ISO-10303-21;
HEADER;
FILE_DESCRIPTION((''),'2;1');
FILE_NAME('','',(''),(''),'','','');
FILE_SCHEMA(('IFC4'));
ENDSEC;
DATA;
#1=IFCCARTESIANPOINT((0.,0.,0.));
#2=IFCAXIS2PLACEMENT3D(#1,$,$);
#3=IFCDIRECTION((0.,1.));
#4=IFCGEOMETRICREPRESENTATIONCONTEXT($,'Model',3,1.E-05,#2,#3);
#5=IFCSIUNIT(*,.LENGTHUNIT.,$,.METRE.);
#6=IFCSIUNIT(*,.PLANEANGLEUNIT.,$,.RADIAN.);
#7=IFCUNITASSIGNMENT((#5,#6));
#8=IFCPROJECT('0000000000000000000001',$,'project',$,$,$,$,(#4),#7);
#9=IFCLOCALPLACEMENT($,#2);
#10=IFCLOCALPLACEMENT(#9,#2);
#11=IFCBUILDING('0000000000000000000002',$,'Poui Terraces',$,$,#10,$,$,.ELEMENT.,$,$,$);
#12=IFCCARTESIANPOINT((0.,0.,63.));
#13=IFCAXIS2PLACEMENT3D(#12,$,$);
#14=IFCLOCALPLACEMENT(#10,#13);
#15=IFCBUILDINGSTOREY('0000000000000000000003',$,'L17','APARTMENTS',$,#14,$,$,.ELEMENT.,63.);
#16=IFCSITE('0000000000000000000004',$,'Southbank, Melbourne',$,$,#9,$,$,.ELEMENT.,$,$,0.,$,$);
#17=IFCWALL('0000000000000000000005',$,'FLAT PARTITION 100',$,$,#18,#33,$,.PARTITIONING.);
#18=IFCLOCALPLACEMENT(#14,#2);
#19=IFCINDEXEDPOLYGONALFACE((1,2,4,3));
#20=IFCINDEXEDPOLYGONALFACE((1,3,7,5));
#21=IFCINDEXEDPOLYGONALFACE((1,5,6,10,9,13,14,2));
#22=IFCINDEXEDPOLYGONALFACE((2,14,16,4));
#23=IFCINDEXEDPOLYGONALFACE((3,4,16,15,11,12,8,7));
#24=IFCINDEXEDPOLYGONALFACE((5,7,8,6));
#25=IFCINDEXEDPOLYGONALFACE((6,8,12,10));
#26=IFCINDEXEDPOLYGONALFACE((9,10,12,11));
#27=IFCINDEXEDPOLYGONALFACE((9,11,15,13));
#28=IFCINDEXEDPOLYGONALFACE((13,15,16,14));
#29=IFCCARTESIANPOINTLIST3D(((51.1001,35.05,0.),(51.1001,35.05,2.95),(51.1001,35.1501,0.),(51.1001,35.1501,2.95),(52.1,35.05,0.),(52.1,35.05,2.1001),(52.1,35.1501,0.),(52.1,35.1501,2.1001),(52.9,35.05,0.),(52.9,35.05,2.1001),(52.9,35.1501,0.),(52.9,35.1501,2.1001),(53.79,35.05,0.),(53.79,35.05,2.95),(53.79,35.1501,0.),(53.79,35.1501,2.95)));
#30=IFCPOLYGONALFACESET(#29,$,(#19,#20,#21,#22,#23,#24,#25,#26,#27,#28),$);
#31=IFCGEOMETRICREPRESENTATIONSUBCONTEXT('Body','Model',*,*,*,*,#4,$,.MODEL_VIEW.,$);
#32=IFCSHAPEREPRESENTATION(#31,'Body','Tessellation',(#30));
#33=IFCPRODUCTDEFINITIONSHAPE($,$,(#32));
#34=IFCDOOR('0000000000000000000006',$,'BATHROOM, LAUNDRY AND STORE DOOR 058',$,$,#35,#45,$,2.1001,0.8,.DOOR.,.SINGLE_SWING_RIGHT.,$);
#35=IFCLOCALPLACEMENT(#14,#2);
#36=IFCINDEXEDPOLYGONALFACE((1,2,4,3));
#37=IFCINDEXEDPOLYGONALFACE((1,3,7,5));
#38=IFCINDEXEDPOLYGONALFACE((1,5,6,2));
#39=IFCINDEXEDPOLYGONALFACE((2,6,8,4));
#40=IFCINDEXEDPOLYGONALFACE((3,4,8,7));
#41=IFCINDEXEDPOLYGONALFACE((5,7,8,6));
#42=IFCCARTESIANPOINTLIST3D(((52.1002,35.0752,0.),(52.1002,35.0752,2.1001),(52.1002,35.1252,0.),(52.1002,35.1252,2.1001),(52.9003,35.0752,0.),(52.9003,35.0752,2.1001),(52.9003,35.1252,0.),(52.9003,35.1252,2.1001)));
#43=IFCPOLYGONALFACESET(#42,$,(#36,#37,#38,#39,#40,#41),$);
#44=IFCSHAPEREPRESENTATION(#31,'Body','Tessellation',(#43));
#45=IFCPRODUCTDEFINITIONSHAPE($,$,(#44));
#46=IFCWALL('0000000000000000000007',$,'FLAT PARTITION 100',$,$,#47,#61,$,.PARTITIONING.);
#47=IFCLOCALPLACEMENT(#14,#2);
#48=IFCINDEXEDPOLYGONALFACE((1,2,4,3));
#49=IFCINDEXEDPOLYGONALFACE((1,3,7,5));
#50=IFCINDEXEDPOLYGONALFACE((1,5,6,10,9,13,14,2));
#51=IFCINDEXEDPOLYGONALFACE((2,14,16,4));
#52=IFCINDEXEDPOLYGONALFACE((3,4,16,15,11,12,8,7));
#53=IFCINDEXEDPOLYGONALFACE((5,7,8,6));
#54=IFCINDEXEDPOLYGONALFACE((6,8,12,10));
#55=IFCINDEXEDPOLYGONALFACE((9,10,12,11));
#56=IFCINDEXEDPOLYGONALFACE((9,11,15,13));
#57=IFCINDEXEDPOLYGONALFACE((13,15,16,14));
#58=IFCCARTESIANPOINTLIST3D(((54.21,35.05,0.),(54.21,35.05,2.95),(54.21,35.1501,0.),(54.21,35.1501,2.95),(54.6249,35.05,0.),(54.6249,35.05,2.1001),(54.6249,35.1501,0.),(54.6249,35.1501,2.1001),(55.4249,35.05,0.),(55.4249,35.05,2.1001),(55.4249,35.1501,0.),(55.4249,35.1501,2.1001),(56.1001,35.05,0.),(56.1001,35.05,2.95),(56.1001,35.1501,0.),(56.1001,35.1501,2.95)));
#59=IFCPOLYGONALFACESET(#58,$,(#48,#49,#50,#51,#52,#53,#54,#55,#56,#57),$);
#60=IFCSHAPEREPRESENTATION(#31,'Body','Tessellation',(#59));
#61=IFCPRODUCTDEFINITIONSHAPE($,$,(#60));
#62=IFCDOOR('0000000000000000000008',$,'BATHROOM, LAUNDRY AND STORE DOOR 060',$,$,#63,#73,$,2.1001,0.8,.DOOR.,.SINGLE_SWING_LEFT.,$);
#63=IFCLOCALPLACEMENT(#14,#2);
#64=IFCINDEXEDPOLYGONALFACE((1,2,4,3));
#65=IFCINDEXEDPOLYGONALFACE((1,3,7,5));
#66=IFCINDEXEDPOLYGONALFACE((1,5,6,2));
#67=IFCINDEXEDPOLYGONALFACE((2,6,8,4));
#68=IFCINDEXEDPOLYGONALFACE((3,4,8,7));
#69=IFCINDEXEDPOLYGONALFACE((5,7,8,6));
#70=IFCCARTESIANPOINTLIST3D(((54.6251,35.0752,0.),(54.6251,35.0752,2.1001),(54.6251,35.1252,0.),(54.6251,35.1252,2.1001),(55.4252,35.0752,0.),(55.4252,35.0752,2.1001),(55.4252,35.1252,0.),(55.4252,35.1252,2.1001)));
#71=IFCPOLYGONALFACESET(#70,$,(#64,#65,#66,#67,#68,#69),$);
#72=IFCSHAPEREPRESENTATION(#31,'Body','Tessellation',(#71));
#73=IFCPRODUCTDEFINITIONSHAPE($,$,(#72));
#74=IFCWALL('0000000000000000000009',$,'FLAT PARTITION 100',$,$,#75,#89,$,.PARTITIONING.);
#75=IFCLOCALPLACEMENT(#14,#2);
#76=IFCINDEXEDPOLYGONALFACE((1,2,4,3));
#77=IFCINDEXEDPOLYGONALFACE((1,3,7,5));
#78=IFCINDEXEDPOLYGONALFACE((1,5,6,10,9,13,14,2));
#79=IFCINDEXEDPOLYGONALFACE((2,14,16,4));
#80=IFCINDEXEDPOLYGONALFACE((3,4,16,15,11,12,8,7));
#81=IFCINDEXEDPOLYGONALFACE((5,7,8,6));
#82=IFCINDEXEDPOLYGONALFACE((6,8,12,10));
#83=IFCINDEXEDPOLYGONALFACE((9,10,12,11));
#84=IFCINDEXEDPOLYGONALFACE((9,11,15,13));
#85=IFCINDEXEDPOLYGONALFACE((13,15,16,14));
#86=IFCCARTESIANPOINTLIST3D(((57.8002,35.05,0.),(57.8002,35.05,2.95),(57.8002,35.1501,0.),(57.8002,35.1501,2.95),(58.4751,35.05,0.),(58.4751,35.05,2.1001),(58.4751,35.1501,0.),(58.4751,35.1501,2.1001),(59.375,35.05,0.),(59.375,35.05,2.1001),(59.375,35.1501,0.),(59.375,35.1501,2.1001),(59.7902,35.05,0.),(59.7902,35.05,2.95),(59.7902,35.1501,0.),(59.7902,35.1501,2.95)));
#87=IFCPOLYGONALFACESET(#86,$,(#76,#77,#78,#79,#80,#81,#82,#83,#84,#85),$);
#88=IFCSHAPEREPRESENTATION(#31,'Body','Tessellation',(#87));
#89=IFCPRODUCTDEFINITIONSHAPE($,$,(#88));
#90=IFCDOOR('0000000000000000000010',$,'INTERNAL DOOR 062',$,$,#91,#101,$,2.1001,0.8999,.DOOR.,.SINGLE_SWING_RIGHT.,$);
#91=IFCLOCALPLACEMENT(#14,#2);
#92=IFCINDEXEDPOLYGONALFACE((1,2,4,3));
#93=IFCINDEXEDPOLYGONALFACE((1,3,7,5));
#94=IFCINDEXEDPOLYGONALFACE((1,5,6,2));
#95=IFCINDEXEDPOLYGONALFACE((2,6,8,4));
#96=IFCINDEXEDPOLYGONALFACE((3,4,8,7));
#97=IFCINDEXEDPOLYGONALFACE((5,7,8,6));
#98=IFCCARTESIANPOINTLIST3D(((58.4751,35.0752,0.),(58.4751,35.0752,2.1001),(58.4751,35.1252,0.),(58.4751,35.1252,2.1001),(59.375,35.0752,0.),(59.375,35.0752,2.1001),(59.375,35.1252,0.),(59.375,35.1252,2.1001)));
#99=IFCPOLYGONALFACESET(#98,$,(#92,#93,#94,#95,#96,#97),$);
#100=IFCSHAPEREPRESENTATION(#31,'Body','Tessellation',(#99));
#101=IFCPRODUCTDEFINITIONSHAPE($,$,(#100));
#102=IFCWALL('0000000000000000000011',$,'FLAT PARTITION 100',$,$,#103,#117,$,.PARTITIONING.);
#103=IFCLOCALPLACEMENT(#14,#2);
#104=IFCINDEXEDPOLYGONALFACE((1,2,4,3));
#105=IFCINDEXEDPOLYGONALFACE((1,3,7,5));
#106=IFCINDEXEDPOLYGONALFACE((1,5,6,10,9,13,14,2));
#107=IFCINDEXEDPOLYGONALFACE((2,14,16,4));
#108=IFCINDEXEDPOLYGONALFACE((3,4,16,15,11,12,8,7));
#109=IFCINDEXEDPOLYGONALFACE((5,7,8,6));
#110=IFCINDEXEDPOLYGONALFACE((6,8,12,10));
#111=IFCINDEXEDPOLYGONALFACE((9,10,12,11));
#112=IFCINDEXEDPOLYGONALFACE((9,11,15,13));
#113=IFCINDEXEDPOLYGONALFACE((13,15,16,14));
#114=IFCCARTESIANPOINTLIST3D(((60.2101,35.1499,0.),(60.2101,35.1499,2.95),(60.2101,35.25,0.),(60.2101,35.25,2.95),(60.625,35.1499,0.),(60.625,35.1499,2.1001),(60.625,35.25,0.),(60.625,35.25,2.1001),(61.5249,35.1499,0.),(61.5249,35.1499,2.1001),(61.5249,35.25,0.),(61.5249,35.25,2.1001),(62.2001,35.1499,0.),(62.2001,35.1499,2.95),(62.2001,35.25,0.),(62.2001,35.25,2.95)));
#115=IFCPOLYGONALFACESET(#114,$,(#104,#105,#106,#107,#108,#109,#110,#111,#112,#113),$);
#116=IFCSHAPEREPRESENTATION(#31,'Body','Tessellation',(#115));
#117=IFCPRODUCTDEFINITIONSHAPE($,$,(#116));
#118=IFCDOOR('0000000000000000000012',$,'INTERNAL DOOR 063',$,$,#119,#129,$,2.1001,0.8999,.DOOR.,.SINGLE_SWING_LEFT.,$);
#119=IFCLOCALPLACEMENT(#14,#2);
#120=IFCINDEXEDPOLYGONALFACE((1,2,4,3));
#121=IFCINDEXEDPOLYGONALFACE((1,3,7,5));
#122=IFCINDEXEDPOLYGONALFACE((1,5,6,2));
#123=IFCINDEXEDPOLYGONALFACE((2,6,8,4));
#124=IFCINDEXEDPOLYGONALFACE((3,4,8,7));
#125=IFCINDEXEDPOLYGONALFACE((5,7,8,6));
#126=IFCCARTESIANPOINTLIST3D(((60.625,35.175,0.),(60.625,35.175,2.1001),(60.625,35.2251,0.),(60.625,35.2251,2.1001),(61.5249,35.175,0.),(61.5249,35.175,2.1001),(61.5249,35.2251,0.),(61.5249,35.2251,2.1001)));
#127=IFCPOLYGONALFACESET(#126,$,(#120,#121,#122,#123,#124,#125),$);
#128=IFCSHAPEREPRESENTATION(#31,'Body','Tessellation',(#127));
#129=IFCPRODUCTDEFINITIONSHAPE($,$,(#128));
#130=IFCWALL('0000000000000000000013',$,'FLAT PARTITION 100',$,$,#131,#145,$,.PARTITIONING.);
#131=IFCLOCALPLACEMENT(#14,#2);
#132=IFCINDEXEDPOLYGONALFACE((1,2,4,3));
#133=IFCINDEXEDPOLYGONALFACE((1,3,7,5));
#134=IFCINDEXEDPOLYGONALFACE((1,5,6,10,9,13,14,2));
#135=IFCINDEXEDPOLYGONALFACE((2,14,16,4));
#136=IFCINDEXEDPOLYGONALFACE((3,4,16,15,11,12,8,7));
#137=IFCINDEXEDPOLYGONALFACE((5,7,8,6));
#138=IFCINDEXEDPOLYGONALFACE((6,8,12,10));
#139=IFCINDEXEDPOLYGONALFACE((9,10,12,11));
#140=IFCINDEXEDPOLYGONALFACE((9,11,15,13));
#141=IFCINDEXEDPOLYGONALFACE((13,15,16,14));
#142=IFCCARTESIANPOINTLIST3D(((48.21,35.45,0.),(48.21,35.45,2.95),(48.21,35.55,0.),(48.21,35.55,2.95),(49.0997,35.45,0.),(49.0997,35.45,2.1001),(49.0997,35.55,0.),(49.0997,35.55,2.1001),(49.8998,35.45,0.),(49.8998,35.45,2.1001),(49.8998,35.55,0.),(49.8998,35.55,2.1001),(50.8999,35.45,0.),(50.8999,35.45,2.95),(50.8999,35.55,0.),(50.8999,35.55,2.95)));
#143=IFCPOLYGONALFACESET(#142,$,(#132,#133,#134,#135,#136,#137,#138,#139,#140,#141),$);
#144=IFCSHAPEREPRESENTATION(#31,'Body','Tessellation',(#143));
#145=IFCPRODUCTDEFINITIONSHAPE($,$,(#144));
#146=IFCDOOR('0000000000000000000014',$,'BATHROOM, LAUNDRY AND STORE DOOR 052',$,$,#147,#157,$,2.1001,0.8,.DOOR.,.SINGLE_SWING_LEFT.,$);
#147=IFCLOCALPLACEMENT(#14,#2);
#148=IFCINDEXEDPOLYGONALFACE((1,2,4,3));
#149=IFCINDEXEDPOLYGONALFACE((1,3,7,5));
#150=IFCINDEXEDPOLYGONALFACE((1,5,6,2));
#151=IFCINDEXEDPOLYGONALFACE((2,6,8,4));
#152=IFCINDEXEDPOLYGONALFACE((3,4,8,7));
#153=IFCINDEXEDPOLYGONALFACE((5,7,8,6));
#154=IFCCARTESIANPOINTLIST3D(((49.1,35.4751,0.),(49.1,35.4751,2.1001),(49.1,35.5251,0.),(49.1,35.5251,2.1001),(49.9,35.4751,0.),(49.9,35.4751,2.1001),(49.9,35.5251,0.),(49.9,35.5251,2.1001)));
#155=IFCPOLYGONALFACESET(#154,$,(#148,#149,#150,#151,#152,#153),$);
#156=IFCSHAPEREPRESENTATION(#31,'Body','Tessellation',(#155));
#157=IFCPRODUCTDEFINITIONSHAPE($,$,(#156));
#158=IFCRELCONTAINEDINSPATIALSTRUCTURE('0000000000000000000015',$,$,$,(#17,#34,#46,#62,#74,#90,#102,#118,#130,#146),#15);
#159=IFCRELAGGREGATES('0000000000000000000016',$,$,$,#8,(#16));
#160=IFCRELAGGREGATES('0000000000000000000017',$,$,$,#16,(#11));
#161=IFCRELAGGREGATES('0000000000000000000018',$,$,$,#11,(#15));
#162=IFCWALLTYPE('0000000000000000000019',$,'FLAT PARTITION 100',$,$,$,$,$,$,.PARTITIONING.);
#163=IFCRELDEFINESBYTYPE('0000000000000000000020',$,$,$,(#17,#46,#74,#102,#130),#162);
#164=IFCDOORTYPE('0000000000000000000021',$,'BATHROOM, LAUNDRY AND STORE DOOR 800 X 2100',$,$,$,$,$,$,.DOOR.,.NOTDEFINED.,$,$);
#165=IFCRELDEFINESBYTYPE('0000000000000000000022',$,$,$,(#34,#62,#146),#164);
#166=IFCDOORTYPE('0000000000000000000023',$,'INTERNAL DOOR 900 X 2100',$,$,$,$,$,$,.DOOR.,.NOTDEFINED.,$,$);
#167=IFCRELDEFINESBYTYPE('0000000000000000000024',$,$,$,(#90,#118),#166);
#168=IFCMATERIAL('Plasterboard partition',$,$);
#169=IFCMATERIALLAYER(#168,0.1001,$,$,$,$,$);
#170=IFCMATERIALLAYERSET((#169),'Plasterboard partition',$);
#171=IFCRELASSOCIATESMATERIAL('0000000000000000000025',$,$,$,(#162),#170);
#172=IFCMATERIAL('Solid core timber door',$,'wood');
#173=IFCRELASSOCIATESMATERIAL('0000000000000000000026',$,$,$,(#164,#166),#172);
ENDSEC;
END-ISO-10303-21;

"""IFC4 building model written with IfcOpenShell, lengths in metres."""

from ifc_helpers import new_model, si_unit, direction, frame, frame_2d, origin, place, context, subcontext, project, spatial, rectangle, extrude, material, layer, layer_set, type_object, element, fill, save


model = new_model("IFC4")

# Units and contexts
model_context = context("Model", 3, precision=1e-05, world=origin(), true_north=direction((0.0, 1.0)))
body_context = subcontext(model_context, "Body", "Model", "MODEL_VIEW")
ifc_project = project(units=[si_unit("LENGTHUNIT", "METRE"), si_unit("PLANEANGLEUNIT", "RADIAN")], contexts=[model_context])

# Site, building, storey
site_placement = place(None, origin())
site = spatial("IfcSite", under=ifc_project, at=site_placement, Name="Southbank, Melbourne", CompositionType="ELEMENT", RefElevation=0.0)
building_placement = place(site_placement, origin())
building = spatial("IfcBuilding", under=site, at=building_placement, Name="Poui Terraces", CompositionType="ELEMENT")
storey_placement = place(building_placement, frame((0.0, 0.0, 63.0)))
storey = spatial("IfcBuildingStorey", under=building, at=storey_placement, Name="L17", Description="APARTMENTS", CompositionType="ELEMENT", Elevation=63.0)

# Walls, openings, doors
ifc_material_1 = material(Name="Plasterboard partition")
ifc_layer_1 = layer(ifc_material_1, 0.1001)
ifc_layer_set_1 = layer_set([ifc_layer_1], Name="Plasterboard partition")
wall_type_1 = type_object("IfcWallType", Name="FLAT PARTITION 100", PredefinedType="PARTITIONING", material=ifc_layer_set_1)
wall_1_placement = place(storey_placement, frame((51.1001, 35.1001, 0.0), z_axis=(0.0, 0.0, 1.0), x_axis=(1.0, 0.0, 0.0)))
wall_1 = element("IfcWall", 1, at=wall_1_placement, inside=storey, type_object=wall_type_1, Name="FLAT PARTITION 100", PredefinedType="PARTITIONING", context=body_context, shape_type="SweptSolid", body=[
    extrude(rectangle(XDim=2.6899, YDim=0.1001, at=frame_2d((1.345, 0.0))), origin(), (0.0, 0.0, 1.0), 2.95),
])
opening_1_placement = place(wall_1_placement, frame((1.0, 0.0, 0.0)))
opening_1 = element("IfcOpeningElement", 2, at=opening_1_placement, cuts=wall_1, PredefinedType="OPENING", context=body_context, shape_type="SweptSolid", body=[
    extrude(rectangle(XDim=0.8, YDim=2.1001, at=frame_2d((0.3999, 1.05))), frame((0.0, 0.0601, 0.0), z_axis=(0.0, -1.0, 0.0), x_axis=(1.0, 0.0, 0.0)), (0.0, 0.0, 1.0), 0.1201),
])
ifc_material_2 = material(Name="Solid core timber door", Category="wood")
door_type_1 = type_object("IfcDoorType", Name="BATHROOM, LAUNDRY AND STORE DOOR 800 X 2100", OperationType="NOTDEFINED", PredefinedType="DOOR", material=ifc_material_2)
door_1_placement = place(opening_1_placement, frame((0.8, 0.0, 0.0), z_axis=(0.0, 0.0, 1.0), x_axis=(-1.0, 0.0, 0.0)))
door_1 = element("IfcDoor", 3, at=door_1_placement, inside=storey, type_object=door_type_1, Name="BATHROOM, LAUNDRY AND STORE DOOR 058", OperationType="SINGLE_SWING_RIGHT", OverallHeight=2.1001, OverallWidth=0.8, PredefinedType="DOOR", context=body_context, shape_type="SweptSolid", body=[
    extrude(rectangle(XDim=0.8, YDim=2.1001, at=frame_2d((0.3999, 1.05))), frame((0.0, 0.0249, 0.0), z_axis=(0.0, -1.0, 0.0), x_axis=(1.0, 0.0, 0.0)), (0.0, 0.0, 1.0), 0.05),
])
fill(opening_1, door_1)
wall_2_placement = place(storey_placement, frame((54.21, 35.1001, 0.0), z_axis=(0.0, 0.0, 1.0), x_axis=(1.0, 0.0, 0.0)))
wall_2 = element("IfcWall", 4, at=wall_2_placement, inside=storey, type_object=wall_type_1, Name="FLAT PARTITION 100", PredefinedType="PARTITIONING", context=body_context, shape_type="SweptSolid", body=[
    extrude(rectangle(XDim=1.8901, YDim=0.1001, at=frame_2d((0.9451, 0.0))), origin(), (0.0, 0.0, 1.0), 2.95),
])
opening_2_placement = place(wall_2_placement, frame((0.415, 0.0, 0.0)))
opening_2 = element("IfcOpeningElement", 5, at=opening_2_placement, cuts=wall_2, PredefinedType="OPENING", context=body_context, shape_type="SweptSolid", body=[
    extrude(rectangle(XDim=0.8, YDim=2.1001, at=frame_2d((0.3999, 1.05))), frame((0.0, 0.0601, 0.0), z_axis=(0.0, -1.0, 0.0), x_axis=(1.0, 0.0, 0.0)), (0.0, 0.0, 1.0), 0.1201),
])
door_2_placement = place(opening_2_placement, frame((0.8, 0.0, 0.0), z_axis=(0.0, 0.0, 1.0), x_axis=(-1.0, 0.0, 0.0)))
door_2 = element("IfcDoor", 6, at=door_2_placement, inside=storey, type_object=door_type_1, Name="BATHROOM, LAUNDRY AND STORE DOOR 060", OperationType="SINGLE_SWING_LEFT", OverallHeight=2.1001, OverallWidth=0.8, PredefinedType="DOOR", context=body_context, shape_type="SweptSolid", body=[
    extrude(rectangle(XDim=0.8, YDim=2.1001, at=frame_2d((0.3999, 1.05))), frame((0.0, 0.0249, 0.0), z_axis=(0.0, -1.0, 0.0), x_axis=(1.0, 0.0, 0.0)), (0.0, 0.0, 1.0), 0.05),
])
fill(opening_2, door_2)
wall_3_placement = place(storey_placement, frame((57.8, 35.1001, 0.0), z_axis=(0.0, 0.0, 1.0), x_axis=(1.0, 0.0, 0.0)))
wall_3 = element("IfcWall", 7, at=wall_3_placement, inside=storey, type_object=wall_type_1, Name="FLAT PARTITION 100", PredefinedType="PARTITIONING", context=body_context, shape_type="SweptSolid", body=[
    extrude(rectangle(XDim=1.99, YDim=0.1001, at=frame_2d((0.9951, 0.0))), origin(), (0.0, 0.0, 1.0), 2.95),
])
opening_3_placement = place(wall_3_placement, frame((0.675, 0.0, 0.0)))
opening_3 = element("IfcOpeningElement", 8, at=opening_3_placement, cuts=wall_3, PredefinedType="OPENING", context=body_context, shape_type="SweptSolid", body=[
    extrude(rectangle(XDim=0.8999, YDim=2.1001, at=frame_2d((0.45, 1.05))), frame((0.0, 0.0601, 0.0), z_axis=(0.0, -1.0, 0.0), x_axis=(1.0, 0.0, 0.0)), (0.0, 0.0, 1.0), 0.1201),
])
door_type_2 = type_object("IfcDoorType", Name="INTERNAL DOOR 900 X 2100", OperationType="NOTDEFINED", PredefinedType="DOOR", material=ifc_material_2)
door_3_placement = place(opening_3_placement, frame((0.8999, 0.0, 0.0), z_axis=(0.0, 0.0, 1.0), x_axis=(-1.0, 0.0, 0.0)))
door_3 = element("IfcDoor", 9, at=door_3_placement, inside=storey, type_object=door_type_2, Name="INTERNAL DOOR 062", OperationType="SINGLE_SWING_RIGHT", OverallHeight=2.1001, OverallWidth=0.8999, PredefinedType="DOOR", context=body_context, shape_type="SweptSolid", body=[
    extrude(rectangle(XDim=0.8999, YDim=2.1001, at=frame_2d((0.45, 1.05))), frame((0.0, 0.0249, 0.0), z_axis=(0.0, -1.0, 0.0), x_axis=(1.0, 0.0, 0.0)), (0.0, 0.0, 1.0), 0.05),
])
fill(opening_3, door_3)
wall_4_placement = place(storey_placement, frame((60.21, 35.2, 0.0), z_axis=(0.0, 0.0, 1.0), x_axis=(1.0, 0.0, 0.0)))
wall_4 = element("IfcWall", 10, at=wall_4_placement, inside=storey, type_object=wall_type_1, Name="FLAT PARTITION 100", PredefinedType="PARTITIONING", context=body_context, shape_type="SweptSolid", body=[
    extrude(rectangle(XDim=1.99, YDim=0.1001, at=frame_2d((0.9951, 0.0))), origin(), (0.0, 0.0, 1.0), 2.95),
])
opening_4_placement = place(wall_4_placement, frame((0.415, 0.0, 0.0)))
opening_4 = element("IfcOpeningElement", 11, at=opening_4_placement, cuts=wall_4, PredefinedType="OPENING", context=body_context, shape_type="SweptSolid", body=[
    extrude(rectangle(XDim=0.8999, YDim=2.1001, at=frame_2d((0.45, 1.05))), frame((0.0, 0.0601, 0.0), z_axis=(0.0, -1.0, 0.0), x_axis=(1.0, 0.0, 0.0)), (0.0, 0.0, 1.0), 0.1201),
])
door_4_placement = place(opening_4_placement, frame((0.8999, 0.0, 0.0), z_axis=(0.0, 0.0, 1.0), x_axis=(-1.0, 0.0, 0.0)))
door_4 = element("IfcDoor", 12, at=door_4_placement, inside=storey, type_object=door_type_2, Name="INTERNAL DOOR 063", OperationType="SINGLE_SWING_LEFT", OverallHeight=2.1001, OverallWidth=0.8999, PredefinedType="DOOR", context=body_context, shape_type="SweptSolid", body=[
    extrude(rectangle(XDim=0.8999, YDim=2.1001, at=frame_2d((0.45, 1.05))), frame((0.0, 0.0249, 0.0), z_axis=(0.0, -1.0, 0.0), x_axis=(1.0, 0.0, 0.0)), (0.0, 0.0, 1.0), 0.05),
])
fill(opening_4, door_4)
wall_5_placement = place(storey_placement, frame((48.21, 35.5, 0.0), z_axis=(0.0, 0.0, 1.0), x_axis=(1.0, 0.0, 0.0)))
wall_5 = element("IfcWall", 13, at=wall_5_placement, inside=storey, type_object=wall_type_1, Name="FLAT PARTITION 100", PredefinedType="PARTITIONING", context=body_context, shape_type="SweptSolid", body=[
    extrude(rectangle(XDim=2.6899, YDim=0.1001, at=frame_2d((1.345, 0.0))), origin(), (0.0, 0.0, 1.0), 2.95),
])
opening_5_placement = place(wall_5_placement, frame((0.8899, 0.0, 0.0)))
opening_5 = element("IfcOpeningElement", 14, at=opening_5_placement, cuts=wall_5, PredefinedType="OPENING", context=body_context, shape_type="SweptSolid", body=[
    extrude(rectangle(XDim=0.8, YDim=2.1001, at=frame_2d((0.3999, 1.05))), frame((0.0, 0.0601, 0.0), z_axis=(0.0, -1.0, 0.0), x_axis=(1.0, 0.0, 0.0)), (0.0, 0.0, 1.0), 0.1201),
])
door_5_placement = place(opening_5_placement, frame((0.8, 0.0, 0.0), z_axis=(0.0, 0.0, 1.0), x_axis=(-1.0, 0.0, 0.0)))
door_5 = element("IfcDoor", 15, at=door_5_placement, inside=storey, type_object=door_type_1, Name="BATHROOM, LAUNDRY AND STORE DOOR 052", OperationType="SINGLE_SWING_LEFT", OverallHeight=2.1001, OverallWidth=0.8, PredefinedType="DOOR", context=body_context, shape_type="SweptSolid", body=[
    extrude(rectangle(XDim=0.8, YDim=2.1001, at=frame_2d((0.3999, 1.05))), frame((0.0, 0.0249, 0.0), z_axis=(0.0, -1.0, 0.0), x_axis=(1.0, 0.0, 0.0)), (0.0, 0.0, 1.0), 0.05),
])
fill(opening_5, door_5)

save(model, "model.ifc")
